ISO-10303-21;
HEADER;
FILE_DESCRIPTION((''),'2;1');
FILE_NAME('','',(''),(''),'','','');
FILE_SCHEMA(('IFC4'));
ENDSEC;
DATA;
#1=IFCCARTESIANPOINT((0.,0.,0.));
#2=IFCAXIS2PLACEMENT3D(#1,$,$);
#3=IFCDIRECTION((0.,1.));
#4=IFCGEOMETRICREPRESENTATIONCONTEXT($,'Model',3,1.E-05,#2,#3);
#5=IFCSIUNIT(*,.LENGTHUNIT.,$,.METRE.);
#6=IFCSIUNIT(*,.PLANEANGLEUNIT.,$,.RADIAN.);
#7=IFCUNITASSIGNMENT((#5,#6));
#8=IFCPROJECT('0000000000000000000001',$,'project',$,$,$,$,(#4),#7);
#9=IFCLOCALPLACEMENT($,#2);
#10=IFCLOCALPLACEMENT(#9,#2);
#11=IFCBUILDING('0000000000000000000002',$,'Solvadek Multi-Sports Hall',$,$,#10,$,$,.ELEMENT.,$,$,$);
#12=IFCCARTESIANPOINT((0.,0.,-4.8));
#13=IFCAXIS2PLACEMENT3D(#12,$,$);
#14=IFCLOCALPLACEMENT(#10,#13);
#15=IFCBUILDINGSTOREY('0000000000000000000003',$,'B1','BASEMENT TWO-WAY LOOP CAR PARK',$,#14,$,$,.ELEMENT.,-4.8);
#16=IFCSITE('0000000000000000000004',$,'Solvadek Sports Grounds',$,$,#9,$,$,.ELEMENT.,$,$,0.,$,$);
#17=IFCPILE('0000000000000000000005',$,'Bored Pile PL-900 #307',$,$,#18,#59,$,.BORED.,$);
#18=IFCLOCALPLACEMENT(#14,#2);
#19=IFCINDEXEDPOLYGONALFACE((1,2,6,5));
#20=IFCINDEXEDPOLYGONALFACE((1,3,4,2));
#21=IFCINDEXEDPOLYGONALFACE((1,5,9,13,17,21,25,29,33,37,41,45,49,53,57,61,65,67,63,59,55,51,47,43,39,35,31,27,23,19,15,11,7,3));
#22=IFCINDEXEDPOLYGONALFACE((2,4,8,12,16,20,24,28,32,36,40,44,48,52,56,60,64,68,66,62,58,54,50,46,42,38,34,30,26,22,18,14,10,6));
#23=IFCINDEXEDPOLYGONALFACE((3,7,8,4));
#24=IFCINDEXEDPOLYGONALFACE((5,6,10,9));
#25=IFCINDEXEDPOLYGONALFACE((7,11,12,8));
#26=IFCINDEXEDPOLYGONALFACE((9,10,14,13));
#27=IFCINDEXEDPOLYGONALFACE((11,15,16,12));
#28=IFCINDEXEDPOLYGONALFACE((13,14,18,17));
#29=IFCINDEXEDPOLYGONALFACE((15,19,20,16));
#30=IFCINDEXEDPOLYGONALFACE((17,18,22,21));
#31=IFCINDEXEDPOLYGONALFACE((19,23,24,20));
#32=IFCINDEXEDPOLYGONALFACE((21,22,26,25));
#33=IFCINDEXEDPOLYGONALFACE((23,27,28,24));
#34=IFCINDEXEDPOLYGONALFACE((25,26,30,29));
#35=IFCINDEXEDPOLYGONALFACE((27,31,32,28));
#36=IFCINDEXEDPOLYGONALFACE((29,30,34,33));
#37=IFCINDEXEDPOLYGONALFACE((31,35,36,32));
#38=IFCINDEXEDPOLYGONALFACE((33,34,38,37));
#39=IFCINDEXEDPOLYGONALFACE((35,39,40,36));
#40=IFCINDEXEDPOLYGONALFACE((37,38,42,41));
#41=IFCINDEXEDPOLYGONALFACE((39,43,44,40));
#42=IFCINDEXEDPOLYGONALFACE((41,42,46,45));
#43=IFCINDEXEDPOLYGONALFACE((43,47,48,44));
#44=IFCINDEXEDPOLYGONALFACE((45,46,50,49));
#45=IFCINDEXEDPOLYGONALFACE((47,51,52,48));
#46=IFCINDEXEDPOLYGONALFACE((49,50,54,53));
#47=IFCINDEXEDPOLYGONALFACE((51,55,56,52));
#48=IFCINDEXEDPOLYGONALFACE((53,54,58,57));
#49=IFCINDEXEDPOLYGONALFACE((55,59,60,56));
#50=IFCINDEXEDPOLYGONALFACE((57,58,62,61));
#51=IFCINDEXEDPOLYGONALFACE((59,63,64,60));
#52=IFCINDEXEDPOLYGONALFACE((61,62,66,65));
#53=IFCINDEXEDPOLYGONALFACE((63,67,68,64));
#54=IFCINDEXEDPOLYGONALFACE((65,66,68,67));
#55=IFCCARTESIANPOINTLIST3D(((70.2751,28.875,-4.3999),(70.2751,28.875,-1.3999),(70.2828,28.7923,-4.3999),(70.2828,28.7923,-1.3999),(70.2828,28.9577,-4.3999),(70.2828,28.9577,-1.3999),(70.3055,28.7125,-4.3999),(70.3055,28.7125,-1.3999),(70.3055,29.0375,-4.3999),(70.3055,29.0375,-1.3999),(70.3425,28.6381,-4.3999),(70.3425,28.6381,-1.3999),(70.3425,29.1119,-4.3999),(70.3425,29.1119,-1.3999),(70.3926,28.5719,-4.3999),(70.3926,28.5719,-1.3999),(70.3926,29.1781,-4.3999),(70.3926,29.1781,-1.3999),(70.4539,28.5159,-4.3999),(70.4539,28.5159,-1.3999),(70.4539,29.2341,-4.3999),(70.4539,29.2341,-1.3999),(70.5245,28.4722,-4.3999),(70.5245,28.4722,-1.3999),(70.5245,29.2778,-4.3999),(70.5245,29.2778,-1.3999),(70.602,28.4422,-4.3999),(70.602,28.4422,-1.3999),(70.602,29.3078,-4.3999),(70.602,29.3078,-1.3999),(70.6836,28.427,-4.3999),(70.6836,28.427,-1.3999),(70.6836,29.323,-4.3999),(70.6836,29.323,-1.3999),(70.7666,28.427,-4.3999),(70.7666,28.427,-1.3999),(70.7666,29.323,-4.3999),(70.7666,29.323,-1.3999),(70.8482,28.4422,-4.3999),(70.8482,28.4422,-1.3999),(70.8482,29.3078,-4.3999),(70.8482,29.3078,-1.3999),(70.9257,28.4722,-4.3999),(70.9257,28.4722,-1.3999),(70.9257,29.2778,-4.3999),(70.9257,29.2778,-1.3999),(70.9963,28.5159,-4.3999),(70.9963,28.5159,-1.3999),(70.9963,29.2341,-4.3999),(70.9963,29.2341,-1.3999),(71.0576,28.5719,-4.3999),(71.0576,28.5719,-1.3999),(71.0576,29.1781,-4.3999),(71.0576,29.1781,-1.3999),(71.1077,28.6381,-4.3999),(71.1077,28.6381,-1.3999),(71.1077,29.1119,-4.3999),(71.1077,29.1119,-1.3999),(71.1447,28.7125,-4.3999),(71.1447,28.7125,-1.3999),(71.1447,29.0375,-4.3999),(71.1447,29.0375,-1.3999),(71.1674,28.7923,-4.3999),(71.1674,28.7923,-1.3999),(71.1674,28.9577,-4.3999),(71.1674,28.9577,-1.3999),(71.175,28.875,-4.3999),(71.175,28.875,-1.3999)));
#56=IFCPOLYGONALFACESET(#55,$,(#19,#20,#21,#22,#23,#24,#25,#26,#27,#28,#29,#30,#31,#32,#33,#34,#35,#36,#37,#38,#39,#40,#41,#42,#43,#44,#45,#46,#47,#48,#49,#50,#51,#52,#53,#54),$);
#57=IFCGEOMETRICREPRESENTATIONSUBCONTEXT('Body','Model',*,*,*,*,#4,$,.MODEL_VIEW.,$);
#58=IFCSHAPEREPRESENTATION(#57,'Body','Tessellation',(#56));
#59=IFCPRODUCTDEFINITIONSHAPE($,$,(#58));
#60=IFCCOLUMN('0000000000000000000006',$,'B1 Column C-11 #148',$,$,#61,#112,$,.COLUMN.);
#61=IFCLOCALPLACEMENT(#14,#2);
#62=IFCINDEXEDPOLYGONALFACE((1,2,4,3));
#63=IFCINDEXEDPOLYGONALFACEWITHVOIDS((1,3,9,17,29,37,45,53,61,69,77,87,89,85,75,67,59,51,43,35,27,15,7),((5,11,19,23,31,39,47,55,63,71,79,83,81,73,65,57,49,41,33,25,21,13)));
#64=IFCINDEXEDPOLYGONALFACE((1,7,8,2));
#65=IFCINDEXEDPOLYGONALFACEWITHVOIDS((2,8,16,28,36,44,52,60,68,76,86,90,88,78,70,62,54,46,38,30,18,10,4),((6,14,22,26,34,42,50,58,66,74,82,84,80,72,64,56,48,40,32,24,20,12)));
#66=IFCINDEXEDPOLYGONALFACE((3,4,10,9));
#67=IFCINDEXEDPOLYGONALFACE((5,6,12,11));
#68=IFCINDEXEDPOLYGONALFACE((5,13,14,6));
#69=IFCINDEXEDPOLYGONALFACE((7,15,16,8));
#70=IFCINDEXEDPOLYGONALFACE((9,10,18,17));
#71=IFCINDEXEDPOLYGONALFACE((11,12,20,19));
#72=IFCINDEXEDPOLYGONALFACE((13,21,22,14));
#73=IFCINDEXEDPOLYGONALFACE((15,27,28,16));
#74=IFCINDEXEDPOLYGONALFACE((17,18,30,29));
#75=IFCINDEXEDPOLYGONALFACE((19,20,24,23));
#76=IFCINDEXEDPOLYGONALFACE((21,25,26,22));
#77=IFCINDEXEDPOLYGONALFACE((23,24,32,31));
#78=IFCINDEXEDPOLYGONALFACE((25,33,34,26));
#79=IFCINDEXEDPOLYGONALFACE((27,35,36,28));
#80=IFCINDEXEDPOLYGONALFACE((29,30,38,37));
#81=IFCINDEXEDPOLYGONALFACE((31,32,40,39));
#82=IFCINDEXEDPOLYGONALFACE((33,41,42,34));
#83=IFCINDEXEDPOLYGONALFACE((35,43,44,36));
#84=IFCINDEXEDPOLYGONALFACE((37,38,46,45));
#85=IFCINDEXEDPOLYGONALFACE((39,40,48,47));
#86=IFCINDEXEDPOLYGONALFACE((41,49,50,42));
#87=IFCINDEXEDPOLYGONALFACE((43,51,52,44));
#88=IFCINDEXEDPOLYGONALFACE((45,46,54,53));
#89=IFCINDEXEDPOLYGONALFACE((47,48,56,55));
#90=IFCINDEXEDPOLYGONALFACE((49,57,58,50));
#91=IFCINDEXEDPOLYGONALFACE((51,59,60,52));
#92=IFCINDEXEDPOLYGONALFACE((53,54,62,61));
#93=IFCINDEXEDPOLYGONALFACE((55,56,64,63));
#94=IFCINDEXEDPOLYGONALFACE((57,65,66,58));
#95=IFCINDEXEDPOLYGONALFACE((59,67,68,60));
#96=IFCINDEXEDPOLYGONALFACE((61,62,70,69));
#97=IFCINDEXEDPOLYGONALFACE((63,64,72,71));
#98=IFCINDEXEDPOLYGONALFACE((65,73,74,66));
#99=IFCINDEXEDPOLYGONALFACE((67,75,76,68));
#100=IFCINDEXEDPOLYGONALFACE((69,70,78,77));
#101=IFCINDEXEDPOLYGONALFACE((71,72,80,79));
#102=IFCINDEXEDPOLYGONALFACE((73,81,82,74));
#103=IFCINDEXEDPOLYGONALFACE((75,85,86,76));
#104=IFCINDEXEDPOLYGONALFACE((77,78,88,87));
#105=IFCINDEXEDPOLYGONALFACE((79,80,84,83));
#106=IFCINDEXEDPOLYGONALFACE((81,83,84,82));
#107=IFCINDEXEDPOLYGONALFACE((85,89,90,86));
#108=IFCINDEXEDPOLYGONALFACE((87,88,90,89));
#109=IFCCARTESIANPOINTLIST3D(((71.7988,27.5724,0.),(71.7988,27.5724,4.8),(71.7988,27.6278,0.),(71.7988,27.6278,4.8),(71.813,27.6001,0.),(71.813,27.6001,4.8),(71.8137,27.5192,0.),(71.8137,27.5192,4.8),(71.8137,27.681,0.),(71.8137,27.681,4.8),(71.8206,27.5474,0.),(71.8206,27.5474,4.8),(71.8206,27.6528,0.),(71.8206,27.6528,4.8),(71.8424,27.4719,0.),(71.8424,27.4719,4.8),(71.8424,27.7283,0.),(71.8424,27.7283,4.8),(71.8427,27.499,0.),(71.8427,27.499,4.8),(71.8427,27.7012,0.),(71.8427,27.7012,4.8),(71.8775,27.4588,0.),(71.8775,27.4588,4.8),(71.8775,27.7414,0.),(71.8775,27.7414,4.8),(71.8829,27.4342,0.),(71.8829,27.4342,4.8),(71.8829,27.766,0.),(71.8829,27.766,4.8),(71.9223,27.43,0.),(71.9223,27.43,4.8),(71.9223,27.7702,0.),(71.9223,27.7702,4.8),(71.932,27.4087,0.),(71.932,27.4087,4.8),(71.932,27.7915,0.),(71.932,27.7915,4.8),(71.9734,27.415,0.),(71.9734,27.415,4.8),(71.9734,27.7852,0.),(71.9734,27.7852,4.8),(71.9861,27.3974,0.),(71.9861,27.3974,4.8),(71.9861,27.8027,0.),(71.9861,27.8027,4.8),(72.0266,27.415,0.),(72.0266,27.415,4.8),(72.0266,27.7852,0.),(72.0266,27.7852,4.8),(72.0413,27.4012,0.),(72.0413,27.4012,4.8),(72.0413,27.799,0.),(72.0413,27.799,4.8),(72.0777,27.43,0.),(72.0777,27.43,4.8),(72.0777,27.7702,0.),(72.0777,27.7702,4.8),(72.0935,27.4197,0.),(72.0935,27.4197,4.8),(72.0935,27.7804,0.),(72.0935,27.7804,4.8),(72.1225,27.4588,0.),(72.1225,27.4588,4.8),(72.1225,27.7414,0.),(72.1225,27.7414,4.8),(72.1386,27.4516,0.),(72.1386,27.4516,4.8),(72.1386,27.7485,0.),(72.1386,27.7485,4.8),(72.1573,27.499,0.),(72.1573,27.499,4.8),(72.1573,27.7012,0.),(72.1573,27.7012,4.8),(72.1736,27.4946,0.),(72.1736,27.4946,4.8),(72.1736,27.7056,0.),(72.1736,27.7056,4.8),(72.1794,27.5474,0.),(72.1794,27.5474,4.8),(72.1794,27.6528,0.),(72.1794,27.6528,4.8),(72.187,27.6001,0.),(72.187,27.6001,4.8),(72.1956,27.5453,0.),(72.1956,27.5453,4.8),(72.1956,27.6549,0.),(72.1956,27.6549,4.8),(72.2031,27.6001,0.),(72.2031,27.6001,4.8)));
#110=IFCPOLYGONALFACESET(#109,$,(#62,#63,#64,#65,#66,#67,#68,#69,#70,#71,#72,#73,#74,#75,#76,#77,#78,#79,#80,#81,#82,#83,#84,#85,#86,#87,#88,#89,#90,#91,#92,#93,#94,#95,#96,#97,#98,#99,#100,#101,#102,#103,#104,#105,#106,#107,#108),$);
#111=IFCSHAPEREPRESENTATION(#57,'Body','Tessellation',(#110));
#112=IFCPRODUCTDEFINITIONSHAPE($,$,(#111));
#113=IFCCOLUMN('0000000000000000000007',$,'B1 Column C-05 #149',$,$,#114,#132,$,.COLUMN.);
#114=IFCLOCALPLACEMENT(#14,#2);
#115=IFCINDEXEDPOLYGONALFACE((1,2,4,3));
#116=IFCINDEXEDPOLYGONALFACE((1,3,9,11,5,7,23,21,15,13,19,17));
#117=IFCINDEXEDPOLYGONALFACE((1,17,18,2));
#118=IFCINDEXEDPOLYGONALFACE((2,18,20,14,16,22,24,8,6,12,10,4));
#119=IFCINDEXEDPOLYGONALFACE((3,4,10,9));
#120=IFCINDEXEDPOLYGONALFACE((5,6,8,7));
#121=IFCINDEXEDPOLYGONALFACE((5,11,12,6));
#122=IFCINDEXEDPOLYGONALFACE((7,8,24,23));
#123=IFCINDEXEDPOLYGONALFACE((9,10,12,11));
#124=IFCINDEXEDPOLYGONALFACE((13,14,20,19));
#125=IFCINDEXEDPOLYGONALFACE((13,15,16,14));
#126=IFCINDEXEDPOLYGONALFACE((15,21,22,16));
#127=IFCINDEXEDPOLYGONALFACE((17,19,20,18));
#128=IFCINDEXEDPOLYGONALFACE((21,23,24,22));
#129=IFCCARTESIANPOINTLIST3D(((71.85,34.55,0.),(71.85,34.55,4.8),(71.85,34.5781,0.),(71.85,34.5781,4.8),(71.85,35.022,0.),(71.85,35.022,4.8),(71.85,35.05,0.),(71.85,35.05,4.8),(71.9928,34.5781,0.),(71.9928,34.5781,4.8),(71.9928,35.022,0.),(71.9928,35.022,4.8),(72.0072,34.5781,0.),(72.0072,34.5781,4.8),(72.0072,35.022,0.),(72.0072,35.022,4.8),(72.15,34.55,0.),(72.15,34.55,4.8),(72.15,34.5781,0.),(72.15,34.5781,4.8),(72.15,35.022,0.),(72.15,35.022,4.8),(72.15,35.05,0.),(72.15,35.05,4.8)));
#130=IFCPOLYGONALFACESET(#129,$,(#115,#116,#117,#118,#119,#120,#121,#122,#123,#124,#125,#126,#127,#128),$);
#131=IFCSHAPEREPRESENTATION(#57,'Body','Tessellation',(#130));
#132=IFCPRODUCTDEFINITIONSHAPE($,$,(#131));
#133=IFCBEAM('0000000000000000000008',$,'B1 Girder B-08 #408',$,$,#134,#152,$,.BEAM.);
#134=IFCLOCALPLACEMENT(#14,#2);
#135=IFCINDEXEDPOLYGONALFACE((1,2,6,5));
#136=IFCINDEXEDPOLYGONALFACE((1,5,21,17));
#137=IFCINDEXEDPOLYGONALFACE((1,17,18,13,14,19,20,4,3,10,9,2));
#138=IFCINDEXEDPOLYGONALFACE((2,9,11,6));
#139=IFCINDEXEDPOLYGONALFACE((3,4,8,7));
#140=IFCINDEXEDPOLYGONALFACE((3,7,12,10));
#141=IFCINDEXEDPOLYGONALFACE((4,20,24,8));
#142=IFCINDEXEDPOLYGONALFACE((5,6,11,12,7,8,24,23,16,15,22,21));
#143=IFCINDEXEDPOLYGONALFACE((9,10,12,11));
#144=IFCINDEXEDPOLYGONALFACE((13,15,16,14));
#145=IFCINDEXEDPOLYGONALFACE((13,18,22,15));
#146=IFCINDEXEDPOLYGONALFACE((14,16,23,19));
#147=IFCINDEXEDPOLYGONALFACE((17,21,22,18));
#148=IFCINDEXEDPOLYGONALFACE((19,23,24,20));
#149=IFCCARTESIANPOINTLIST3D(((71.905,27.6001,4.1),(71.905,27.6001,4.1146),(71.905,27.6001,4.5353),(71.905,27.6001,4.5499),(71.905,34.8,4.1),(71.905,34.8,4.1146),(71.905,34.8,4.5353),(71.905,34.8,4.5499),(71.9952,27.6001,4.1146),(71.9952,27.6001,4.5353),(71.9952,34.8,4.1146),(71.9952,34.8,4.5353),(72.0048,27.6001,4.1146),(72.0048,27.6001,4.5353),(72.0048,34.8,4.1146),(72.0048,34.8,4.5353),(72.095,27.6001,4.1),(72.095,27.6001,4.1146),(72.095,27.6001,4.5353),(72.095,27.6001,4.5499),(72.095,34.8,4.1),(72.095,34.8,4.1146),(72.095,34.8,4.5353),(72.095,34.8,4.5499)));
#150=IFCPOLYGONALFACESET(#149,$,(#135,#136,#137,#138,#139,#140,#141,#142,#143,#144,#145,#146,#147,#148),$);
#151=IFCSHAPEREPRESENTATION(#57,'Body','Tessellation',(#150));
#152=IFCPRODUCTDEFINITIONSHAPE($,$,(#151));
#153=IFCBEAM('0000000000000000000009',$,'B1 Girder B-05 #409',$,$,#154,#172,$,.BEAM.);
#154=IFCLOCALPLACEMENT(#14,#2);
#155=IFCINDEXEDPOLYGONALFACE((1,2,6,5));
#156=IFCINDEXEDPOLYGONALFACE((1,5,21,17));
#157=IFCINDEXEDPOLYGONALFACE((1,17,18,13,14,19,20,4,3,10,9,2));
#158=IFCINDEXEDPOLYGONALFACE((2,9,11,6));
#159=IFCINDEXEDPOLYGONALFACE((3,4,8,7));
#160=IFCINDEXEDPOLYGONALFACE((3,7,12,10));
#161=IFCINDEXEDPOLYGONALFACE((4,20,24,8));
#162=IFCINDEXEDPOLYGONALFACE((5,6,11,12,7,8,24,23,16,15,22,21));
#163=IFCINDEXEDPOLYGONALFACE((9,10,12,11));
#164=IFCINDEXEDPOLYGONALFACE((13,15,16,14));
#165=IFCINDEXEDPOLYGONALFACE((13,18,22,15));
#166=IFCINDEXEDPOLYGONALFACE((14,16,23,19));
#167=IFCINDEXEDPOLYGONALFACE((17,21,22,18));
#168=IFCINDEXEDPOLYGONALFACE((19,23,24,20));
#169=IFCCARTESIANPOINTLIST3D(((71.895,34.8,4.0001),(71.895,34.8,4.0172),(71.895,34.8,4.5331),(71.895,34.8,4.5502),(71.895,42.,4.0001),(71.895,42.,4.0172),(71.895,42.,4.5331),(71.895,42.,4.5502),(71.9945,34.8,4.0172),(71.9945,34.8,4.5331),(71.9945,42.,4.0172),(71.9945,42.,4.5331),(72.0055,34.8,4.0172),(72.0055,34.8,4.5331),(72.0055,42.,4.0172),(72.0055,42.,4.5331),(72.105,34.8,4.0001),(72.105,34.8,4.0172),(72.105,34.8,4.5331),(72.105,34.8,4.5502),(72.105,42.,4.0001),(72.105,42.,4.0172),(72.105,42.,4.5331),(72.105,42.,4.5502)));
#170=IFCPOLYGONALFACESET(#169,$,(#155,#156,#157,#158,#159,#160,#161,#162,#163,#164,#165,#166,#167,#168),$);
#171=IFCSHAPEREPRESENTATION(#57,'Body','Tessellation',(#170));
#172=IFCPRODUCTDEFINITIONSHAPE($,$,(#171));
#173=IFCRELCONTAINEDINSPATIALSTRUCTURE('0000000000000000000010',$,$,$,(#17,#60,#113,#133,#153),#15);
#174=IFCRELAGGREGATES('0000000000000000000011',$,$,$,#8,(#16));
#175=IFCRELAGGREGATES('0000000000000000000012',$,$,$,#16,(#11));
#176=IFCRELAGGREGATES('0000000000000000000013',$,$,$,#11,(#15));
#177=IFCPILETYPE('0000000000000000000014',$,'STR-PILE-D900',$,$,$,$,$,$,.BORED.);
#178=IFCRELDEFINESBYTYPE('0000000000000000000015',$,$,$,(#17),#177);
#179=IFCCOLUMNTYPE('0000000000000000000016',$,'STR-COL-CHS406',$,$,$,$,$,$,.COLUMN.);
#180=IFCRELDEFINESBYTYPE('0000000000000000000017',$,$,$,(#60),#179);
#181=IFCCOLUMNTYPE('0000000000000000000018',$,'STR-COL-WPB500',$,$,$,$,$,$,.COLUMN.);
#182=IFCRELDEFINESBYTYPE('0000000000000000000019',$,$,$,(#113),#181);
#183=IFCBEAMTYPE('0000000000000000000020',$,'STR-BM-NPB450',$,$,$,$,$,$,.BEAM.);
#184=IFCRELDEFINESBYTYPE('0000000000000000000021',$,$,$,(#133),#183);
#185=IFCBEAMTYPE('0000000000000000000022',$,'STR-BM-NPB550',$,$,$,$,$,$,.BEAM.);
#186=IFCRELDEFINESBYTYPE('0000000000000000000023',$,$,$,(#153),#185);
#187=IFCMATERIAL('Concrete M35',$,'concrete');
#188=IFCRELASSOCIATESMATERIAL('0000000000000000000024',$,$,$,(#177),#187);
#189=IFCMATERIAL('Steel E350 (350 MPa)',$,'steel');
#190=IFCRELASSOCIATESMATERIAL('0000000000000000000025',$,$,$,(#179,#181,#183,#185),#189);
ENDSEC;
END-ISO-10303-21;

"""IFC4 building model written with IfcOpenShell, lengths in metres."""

from ifc_helpers import new_model, si_unit, direction, frame, origin, origin_2d, place, context, subcontext, project, spatial, circle, hollow_circle, i_section, extrude, material, material_profile, profile_set, type_object, element, save


model = new_model("IFC4")

# Units and contexts
model_context = context("Model", 3, precision=1e-05, world=origin(), true_north=direction((0.0, 1.0)))
body_context = subcontext(model_context, "Body", "Model", "MODEL_VIEW")
ifc_project = project(units=[si_unit("LENGTHUNIT", "METRE"), si_unit("PLANEANGLEUNIT", "RADIAN")], contexts=[model_context])

# Site, building, storey
site_placement = place(None, origin())
site = spatial("IfcSite", under=ifc_project, at=site_placement, Name="Solvadek Sports Grounds", CompositionType="ELEMENT", RefElevation=0.0)
building_placement = place(site_placement, origin())
building = spatial("IfcBuilding", under=site, at=building_placement, Name="Solvadek Multi-Sports Hall", CompositionType="ELEMENT")
storey_placement = place(building_placement, frame((0.0, 0.0, -4.8)))
storey = spatial("IfcBuildingStorey", under=building, at=storey_placement, Name="B1", Description="BASEMENT TWO-WAY LOOP CAR PARK", CompositionType="ELEMENT", Elevation=-4.8)

# Pile
ifc_material_1 = material(Name="Concrete M35", Category="concrete")
ifc_material_profile_1 = material_profile(ifc_material_1, circle(Radius=0.45, at=origin_2d()), Name="BORED PILE D900")
ifc_profile_set_1 = profile_set([ifc_material_profile_1], Name="Concrete M35")
pile_type_1 = type_object("IfcPileType", Name="STR-PILE-D900", PredefinedType="BORED", material=ifc_profile_set_1)
pile_1_placement = place(storey_placement, frame((70.7251, 28.875, -1.3999), z_axis=(0.0, 0.0, -1.0), x_axis=(1.0, 0.0, 0.0)))
element("IfcPile", 1, at=pile_1_placement, inside=storey, type_object=pile_type_1, Name="Bored Pile PL-900 #307", PredefinedType="BORED", context=body_context, shape_type="SweptSolid", body=[
    extrude(circle(Radius=0.45, at=origin_2d()), origin(), (0.0, 0.0, 1.0), 3.0),
])

# Columns
ifc_material_2 = material(Name="Steel E350 (350 MPa)", Category="steel")
ifc_material_profile_2 = material_profile(ifc_material_2, hollow_circle(Radius=0.2031, WallThickness=0.0161, at=origin_2d()), Name="CHS 406.4x16")
ifc_profile_set_2 = profile_set([ifc_material_profile_2], Name="Steel E350 (350 MPa)")
column_type_1 = type_object("IfcColumnType", Name="STR-COL-CHS406", PredefinedType="COLUMN", material=ifc_profile_set_2)
column_1_placement = place(storey_placement, frame((72.0, 27.6001, 0.0), z_axis=(0.0, 0.0, 1.0), x_axis=(1.0, 0.0, 0.0)))
element("IfcColumn", 2, at=column_1_placement, inside=storey, type_object=column_type_1, Name="B1 Column C-11 #148", PredefinedType="COLUMN", context=body_context, shape_type="SweptSolid", body=[
    extrude(hollow_circle(Radius=0.2031, WallThickness=0.0161, at=origin_2d()), origin(), (0.0, 0.0, 1.0), 4.8),
])
ifc_material_profile_3 = material_profile(ifc_material_2, i_section(OverallWidth=0.3, OverallDepth=0.5, WebThickness=0.0144, FlangeThickness=0.0281, at=origin_2d()), Name="WPB 500")
ifc_profile_set_3 = profile_set([ifc_material_profile_3], Name="Steel E350 (350 MPa)")
column_type_2 = type_object("IfcColumnType", Name="STR-COL-WPB500", PredefinedType="COLUMN", material=ifc_profile_set_3)
column_2_placement = place(storey_placement, frame((72.0, 34.8, 0.0), z_axis=(0.0, 0.0, 1.0), x_axis=(1.0, 0.0, 0.0)))
element("IfcColumn", 3, at=column_2_placement, inside=storey, type_object=column_type_2, Name="B1 Column C-05 #149", PredefinedType="COLUMN", context=body_context, shape_type="SweptSolid", body=[
    extrude(i_section(OverallWidth=0.3, OverallDepth=0.5, WebThickness=0.0144, FlangeThickness=0.0281, at=origin_2d()), origin(), (0.0, 0.0, 1.0), 4.8),
])

# Beams
ifc_material_profile_4 = material_profile(ifc_material_2, i_section(OverallWidth=0.1899, OverallDepth=0.45, WebThickness=0.0095, FlangeThickness=0.0146, at=origin_2d()), Name="NPB 450")
ifc_profile_set_4 = profile_set([ifc_material_profile_4], Name="Steel E350 (350 MPa)")
beam_type_1 = type_object("IfcBeamType", Name="STR-BM-NPB450", PredefinedType="BEAM", material=ifc_profile_set_4)
beam_1_placement = place(storey_placement, frame((72.0, 27.6001, 4.325), z_axis=(0.0, 1.0, 0.0), x_axis=(-1.0, 0.0, 0.0)))
element("IfcBeam", 4, at=beam_1_placement, inside=storey, type_object=beam_type_1, Name="B1 Girder B-08 #408", PredefinedType="BEAM", context=body_context, shape_type="SweptSolid", body=[
    extrude(i_section(OverallWidth=0.1899, OverallDepth=0.45, WebThickness=0.0095, FlangeThickness=0.0146, at=origin_2d()), origin(), (0.0, 0.0, 1.0), 7.2),
])
ifc_material_profile_5 = material_profile(ifc_material_2, i_section(OverallWidth=0.21, OverallDepth=0.55, WebThickness=0.011, FlangeThickness=0.0171, at=origin_2d()), Name="NPB 550")
ifc_profile_set_5 = profile_set([ifc_material_profile_5], Name="Steel E350 (350 MPa)")
beam_type_2 = type_object("IfcBeamType", Name="STR-BM-NPB550", PredefinedType="BEAM", material=ifc_profile_set_5)
beam_2_placement = place(storey_placement, frame((72.0, 34.8, 4.2751), z_axis=(0.0, 1.0, 0.0), x_axis=(-1.0, 0.0, 0.0)))
element("IfcBeam", 5, at=beam_2_placement, inside=storey, type_object=beam_type_2, Name="B1 Girder B-05 #409", PredefinedType="BEAM", context=body_context, shape_type="SweptSolid", body=[
    extrude(i_section(OverallWidth=0.21, OverallDepth=0.55, WebThickness=0.011, FlangeThickness=0.0171, at=origin_2d()), origin(), (0.0, 0.0, 1.0), 7.2),
])

save(model, "model.ifc")
